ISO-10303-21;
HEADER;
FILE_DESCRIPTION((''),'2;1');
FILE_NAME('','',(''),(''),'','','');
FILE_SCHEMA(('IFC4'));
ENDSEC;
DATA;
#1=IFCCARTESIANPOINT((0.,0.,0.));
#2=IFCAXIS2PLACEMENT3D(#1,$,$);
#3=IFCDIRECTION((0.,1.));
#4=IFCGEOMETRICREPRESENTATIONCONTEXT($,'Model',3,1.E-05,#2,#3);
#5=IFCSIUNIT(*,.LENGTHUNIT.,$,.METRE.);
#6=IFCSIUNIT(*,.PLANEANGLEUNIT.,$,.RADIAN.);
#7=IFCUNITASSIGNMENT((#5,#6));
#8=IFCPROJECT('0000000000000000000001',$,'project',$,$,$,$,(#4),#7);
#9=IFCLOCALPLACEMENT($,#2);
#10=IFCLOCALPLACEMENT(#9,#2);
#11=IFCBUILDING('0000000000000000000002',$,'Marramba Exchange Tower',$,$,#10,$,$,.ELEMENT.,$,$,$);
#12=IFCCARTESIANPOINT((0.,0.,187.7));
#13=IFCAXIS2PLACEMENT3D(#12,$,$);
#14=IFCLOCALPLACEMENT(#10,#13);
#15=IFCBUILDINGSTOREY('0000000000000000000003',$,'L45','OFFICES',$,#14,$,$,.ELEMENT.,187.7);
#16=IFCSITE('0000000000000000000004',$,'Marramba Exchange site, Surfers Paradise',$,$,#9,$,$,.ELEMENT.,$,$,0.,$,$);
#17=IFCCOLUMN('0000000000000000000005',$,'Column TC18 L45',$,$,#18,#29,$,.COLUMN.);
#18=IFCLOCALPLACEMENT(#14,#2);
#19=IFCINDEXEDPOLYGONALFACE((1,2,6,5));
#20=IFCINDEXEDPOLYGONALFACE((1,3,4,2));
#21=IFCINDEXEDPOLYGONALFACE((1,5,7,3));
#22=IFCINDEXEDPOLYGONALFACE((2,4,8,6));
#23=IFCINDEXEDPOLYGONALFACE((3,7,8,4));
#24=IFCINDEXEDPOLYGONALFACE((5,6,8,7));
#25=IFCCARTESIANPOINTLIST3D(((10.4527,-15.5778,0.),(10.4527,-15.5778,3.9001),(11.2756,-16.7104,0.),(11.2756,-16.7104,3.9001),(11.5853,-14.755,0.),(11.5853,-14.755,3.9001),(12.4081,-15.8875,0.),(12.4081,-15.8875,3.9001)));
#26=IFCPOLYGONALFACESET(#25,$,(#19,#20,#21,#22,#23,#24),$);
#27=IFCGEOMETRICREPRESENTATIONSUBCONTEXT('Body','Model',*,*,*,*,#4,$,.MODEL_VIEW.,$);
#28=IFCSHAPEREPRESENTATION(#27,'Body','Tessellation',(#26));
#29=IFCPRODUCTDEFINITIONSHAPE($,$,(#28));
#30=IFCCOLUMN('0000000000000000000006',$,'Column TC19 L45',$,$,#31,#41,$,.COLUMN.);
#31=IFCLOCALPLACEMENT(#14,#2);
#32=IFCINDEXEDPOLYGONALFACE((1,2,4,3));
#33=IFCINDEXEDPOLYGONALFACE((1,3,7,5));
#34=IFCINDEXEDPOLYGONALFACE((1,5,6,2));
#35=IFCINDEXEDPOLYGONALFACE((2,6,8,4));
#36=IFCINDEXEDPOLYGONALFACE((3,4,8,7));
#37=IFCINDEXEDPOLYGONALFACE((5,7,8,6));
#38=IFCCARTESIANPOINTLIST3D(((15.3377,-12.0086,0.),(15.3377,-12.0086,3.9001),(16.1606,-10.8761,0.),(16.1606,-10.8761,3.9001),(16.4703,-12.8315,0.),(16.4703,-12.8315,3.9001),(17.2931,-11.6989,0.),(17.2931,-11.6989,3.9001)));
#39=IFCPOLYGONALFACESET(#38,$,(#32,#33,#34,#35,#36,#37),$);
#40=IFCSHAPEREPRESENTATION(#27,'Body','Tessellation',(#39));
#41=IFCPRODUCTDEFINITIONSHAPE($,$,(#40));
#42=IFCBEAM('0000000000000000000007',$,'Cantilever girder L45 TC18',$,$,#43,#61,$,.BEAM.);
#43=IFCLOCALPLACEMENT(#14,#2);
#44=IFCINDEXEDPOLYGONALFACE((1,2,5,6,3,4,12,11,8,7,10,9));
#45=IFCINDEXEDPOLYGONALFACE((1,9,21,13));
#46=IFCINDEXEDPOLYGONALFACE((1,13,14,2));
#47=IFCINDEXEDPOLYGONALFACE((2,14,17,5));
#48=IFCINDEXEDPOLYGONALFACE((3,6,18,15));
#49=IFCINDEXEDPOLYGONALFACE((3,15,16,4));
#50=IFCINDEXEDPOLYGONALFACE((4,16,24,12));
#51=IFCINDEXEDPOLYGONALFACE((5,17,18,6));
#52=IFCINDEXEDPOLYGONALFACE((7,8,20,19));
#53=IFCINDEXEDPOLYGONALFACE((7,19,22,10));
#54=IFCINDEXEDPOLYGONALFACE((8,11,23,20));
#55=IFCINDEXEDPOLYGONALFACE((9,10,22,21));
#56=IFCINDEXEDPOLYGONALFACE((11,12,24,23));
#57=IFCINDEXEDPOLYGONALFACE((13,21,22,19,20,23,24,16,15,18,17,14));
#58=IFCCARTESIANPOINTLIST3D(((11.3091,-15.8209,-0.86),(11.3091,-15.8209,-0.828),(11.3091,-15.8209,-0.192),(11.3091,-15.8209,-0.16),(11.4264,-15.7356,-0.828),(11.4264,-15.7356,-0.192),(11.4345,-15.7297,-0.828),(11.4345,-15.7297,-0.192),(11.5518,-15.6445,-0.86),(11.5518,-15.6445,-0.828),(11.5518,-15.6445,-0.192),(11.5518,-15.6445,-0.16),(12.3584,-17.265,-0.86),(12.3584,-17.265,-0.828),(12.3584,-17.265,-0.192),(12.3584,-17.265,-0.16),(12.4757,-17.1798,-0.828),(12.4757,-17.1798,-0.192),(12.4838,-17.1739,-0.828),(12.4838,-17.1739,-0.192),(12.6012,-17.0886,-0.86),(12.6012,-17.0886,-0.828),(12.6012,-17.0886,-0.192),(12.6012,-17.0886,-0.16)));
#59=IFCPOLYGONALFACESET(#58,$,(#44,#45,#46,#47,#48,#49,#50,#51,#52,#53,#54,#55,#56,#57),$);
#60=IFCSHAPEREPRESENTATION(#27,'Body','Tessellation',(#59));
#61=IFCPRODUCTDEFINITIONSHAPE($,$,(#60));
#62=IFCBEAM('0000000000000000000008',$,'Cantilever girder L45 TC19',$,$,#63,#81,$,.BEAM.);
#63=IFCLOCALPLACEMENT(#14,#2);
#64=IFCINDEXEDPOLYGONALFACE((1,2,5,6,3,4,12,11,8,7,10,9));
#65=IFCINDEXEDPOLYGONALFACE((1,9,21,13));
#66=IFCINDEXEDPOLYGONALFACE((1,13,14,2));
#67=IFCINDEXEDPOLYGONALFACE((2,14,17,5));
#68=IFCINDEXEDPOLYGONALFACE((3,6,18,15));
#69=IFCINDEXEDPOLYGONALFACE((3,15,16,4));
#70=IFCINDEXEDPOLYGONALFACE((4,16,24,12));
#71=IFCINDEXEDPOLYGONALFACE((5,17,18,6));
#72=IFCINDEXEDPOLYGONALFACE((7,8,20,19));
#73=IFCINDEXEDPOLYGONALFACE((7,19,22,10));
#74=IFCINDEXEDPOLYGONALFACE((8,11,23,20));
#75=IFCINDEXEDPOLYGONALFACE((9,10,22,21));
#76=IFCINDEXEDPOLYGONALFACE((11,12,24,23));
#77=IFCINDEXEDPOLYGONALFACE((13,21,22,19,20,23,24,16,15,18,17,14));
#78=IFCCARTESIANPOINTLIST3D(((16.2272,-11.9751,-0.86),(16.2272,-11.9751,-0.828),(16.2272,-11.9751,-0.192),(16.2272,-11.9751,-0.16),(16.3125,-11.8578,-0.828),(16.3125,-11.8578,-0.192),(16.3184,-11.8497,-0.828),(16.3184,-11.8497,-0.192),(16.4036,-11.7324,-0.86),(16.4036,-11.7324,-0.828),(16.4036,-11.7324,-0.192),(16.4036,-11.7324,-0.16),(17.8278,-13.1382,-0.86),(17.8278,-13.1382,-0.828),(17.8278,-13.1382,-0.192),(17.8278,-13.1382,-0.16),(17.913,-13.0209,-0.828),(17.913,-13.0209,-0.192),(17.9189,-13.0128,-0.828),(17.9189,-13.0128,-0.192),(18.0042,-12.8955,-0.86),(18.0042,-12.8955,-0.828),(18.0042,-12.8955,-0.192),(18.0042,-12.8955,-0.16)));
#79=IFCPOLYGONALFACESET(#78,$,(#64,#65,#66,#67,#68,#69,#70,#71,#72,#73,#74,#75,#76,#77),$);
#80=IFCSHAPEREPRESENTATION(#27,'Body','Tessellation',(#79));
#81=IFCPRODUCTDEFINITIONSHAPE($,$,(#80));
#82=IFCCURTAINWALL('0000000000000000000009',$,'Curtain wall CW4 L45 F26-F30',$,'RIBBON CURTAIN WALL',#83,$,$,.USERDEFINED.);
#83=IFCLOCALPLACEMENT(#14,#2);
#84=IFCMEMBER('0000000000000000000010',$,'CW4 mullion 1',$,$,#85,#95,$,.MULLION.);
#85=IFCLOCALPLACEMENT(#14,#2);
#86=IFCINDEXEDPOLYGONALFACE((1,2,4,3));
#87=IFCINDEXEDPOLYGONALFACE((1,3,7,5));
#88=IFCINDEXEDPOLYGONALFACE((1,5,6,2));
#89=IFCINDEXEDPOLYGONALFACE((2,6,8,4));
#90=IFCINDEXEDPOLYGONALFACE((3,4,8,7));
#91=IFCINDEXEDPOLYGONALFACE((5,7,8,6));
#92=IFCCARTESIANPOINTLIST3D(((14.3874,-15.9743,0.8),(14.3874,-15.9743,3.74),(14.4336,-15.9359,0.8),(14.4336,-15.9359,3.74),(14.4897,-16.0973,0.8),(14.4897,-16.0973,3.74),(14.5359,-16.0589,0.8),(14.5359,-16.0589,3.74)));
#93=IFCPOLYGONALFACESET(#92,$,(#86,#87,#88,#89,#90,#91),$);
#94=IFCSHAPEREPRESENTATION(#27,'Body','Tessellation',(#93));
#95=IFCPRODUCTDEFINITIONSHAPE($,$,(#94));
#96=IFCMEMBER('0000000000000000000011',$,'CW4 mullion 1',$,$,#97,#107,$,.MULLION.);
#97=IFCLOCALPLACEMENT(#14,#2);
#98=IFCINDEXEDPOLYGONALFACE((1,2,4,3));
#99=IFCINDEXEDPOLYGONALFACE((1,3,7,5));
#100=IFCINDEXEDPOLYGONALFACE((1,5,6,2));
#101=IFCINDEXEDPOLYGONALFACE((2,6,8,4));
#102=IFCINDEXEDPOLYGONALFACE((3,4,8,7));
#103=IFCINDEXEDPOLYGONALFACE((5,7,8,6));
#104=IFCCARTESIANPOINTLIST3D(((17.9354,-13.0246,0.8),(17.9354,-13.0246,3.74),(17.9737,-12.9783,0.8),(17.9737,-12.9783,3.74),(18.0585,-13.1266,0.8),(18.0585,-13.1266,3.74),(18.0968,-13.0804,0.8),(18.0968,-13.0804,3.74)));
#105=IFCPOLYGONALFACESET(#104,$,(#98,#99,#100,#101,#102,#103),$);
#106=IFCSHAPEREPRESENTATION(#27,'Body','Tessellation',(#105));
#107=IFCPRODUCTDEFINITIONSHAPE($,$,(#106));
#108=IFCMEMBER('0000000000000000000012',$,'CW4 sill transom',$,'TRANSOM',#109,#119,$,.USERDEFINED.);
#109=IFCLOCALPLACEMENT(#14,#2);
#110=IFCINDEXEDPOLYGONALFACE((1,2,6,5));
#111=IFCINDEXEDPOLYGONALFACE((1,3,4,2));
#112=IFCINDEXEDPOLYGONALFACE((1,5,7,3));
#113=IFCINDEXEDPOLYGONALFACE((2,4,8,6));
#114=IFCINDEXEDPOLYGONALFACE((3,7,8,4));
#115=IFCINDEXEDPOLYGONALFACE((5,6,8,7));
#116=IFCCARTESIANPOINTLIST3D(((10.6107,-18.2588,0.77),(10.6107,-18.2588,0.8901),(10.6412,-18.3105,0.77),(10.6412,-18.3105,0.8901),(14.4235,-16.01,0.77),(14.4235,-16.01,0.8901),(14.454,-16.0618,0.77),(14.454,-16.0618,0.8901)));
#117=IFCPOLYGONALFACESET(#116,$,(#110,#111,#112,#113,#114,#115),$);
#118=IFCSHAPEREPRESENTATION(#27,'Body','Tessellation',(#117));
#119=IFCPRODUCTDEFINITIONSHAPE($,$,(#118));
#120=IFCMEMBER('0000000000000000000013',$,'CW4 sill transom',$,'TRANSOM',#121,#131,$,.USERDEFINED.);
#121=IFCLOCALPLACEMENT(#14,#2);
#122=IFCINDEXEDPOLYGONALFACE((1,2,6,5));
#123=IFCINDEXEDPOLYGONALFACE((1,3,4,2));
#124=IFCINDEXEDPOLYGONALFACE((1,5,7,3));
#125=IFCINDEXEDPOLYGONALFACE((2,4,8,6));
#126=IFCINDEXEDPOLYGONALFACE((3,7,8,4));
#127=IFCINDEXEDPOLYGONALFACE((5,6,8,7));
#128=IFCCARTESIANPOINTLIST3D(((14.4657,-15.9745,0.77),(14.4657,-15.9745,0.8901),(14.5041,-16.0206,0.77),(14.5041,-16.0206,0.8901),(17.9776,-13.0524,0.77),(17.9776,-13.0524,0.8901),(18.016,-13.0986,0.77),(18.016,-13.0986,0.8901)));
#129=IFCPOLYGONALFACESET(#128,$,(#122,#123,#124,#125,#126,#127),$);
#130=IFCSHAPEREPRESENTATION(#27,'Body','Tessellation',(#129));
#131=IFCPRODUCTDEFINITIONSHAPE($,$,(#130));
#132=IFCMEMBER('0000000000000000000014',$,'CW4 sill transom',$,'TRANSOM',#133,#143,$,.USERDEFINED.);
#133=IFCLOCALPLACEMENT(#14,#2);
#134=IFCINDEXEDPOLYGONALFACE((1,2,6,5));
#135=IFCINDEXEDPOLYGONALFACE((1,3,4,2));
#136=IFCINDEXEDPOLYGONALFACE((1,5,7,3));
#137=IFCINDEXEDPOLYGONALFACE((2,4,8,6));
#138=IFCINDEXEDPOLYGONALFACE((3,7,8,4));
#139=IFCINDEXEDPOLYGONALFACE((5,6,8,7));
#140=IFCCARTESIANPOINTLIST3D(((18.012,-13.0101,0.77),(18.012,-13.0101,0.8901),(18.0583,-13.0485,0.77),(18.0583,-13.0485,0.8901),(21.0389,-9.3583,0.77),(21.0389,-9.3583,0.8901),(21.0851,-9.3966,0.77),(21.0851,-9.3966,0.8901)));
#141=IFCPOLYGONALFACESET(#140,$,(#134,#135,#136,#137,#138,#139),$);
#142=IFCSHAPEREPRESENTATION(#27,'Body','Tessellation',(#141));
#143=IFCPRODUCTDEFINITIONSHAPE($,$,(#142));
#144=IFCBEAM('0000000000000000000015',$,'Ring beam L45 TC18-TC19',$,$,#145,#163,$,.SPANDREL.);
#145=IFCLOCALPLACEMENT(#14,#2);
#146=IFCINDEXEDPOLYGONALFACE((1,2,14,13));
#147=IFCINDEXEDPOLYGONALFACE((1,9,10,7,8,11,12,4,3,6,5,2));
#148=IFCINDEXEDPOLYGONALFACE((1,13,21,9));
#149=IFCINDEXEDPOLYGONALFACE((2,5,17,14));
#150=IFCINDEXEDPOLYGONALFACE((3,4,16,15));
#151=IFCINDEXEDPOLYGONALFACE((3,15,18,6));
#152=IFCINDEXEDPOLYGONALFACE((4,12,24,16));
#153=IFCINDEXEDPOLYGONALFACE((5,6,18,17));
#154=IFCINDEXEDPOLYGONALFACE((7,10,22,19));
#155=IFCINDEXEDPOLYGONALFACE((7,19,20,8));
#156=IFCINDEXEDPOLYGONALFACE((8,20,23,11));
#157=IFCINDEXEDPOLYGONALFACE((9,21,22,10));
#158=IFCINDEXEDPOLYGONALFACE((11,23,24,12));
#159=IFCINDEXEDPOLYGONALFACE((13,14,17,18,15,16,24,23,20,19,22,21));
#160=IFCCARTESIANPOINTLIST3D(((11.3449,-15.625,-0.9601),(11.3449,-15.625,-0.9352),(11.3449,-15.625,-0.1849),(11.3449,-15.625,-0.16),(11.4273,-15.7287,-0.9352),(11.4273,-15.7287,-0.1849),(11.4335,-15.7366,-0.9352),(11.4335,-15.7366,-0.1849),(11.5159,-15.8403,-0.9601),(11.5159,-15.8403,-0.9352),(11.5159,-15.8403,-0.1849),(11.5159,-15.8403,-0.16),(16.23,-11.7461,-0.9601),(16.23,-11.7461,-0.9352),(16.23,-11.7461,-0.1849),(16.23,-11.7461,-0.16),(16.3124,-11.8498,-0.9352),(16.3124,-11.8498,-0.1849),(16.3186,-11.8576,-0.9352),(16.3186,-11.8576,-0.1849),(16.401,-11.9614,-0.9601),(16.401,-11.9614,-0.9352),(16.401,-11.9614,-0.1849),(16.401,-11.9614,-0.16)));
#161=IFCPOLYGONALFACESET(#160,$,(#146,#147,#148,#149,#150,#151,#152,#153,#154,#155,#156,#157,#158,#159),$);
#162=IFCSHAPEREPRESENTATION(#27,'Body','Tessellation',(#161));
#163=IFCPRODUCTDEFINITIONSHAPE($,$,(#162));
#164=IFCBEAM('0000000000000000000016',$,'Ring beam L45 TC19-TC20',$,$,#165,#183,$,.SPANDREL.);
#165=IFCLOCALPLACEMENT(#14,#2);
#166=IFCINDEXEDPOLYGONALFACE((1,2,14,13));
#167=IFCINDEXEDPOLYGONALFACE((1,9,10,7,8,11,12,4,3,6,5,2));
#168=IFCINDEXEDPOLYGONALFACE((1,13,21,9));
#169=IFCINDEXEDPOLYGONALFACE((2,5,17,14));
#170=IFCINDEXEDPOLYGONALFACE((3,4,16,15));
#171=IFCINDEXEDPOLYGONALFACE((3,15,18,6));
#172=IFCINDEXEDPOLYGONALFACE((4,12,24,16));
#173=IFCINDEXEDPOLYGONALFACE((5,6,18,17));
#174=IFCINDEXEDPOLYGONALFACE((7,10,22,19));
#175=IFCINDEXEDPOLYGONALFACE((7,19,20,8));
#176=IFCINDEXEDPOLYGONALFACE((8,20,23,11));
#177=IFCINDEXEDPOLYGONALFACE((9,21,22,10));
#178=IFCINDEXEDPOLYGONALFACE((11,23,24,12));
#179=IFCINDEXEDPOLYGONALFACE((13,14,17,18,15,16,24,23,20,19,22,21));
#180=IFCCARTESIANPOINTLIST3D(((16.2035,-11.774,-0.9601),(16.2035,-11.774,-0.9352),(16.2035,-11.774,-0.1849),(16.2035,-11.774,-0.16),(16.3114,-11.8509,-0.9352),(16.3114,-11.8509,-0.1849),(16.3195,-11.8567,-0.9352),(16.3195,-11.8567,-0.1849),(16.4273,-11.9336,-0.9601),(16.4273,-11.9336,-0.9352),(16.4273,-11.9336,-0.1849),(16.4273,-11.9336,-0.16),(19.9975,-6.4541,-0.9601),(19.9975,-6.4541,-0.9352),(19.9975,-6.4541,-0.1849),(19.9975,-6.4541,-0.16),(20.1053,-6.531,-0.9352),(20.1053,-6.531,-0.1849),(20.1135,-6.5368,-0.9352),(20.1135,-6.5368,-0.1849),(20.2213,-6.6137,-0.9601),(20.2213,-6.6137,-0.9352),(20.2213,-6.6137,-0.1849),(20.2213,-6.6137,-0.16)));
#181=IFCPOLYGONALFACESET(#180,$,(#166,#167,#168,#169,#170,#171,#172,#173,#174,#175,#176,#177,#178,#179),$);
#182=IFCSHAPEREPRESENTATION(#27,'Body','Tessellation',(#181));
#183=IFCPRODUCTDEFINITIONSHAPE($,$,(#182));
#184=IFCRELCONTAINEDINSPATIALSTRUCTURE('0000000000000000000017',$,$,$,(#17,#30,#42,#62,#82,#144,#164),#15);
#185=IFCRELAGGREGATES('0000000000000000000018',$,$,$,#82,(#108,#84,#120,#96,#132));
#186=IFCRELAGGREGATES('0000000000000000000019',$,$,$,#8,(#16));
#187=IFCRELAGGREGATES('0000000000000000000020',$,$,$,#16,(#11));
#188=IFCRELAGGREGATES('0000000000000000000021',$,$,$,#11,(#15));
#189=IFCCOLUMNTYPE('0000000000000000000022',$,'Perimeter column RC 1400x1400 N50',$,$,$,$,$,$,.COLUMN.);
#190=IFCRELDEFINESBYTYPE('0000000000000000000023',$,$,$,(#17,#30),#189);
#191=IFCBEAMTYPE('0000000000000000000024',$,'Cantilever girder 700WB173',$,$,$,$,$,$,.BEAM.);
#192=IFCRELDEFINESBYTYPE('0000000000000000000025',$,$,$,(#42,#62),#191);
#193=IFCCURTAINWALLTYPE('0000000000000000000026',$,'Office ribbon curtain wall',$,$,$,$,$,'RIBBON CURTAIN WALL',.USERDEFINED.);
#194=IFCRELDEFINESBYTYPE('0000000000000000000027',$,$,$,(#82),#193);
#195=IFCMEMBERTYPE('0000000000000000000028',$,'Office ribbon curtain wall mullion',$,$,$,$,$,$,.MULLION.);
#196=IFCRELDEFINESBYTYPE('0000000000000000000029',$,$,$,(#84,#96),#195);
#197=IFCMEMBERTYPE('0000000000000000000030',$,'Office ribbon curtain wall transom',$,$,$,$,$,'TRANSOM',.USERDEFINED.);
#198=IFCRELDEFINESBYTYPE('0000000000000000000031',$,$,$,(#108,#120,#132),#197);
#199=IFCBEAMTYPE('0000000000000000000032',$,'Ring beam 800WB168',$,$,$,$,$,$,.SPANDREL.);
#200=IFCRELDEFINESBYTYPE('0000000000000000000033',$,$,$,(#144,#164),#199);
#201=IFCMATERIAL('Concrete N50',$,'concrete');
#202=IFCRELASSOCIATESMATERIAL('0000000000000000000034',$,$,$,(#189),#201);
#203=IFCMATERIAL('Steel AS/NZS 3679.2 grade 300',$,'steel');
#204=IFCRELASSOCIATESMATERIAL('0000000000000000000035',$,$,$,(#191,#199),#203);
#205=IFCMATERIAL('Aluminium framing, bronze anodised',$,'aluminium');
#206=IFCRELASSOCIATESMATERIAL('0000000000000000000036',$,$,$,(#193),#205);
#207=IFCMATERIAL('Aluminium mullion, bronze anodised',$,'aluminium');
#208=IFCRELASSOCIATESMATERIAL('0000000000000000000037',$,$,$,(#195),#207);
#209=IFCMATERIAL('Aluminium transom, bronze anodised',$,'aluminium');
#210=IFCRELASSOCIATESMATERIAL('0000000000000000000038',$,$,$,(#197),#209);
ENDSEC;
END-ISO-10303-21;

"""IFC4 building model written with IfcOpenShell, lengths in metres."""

from ifc_helpers import new_model, si_unit, direction, frame, origin, origin_2d, place, context, subcontext, project, spatial, rectangle, i_section, extrude, material, material_profile, profile_set, type_object, element, aggregate, save


model = new_model("IFC4")

# Units and contexts
model_context = context("Model", 3, precision=1e-05, world=origin(), true_north=direction((0.0, 1.0)))
body_context = subcontext(model_context, "Body", "Model", "MODEL_VIEW")
ifc_project = project(units=[si_unit("LENGTHUNIT", "METRE"), si_unit("PLANEANGLEUNIT", "RADIAN")], contexts=[model_context])

# Site, building, storey
site_placement = place(None, origin())
site = spatial("IfcSite", under=ifc_project, at=site_placement, Name="Marramba Exchange site, Surfers Paradise", CompositionType="ELEMENT", RefElevation=0.0)
building_placement = place(site_placement, origin())
building = spatial("IfcBuilding", under=site, at=building_placement, Name="Marramba Exchange Tower", CompositionType="ELEMENT")
storey_placement = place(building_placement, frame((0.0, 0.0, 187.7)))
storey = spatial("IfcBuildingStorey", under=building, at=storey_placement, Name="L45", Description="OFFICES", CompositionType="ELEMENT", Elevation=187.7)

# Columns
ifc_material_1 = material(Name="Concrete N50", Category="concrete")
ifc_material_profile_1 = material_profile(ifc_material_1, rectangle(XDim=1.3999, YDim=1.3999, at=origin_2d()), Name="RC 1400x1400")
ifc_profile_set_1 = profile_set([ifc_material_profile_1], Name="Concrete N50")
column_type = type_object("IfcColumnType", Name="Perimeter column RC 1400x1400 N50", PredefinedType="COLUMN", material=ifc_profile_set_1)
for number, where, z_axis, x_axis, name in (
    (1, (11.4304, -15.7327, 0.0), (0.0, 0.0, 1.0), (0.587785, -0.809017, 0.0), "Column TC18 L45"),
    (2, (16.3154, -11.8538, 0.0), (0.0, 0.0, 1.0), (0.809017, -0.587785, 0.0), "Column TC19 L45"),
):
    element("IfcColumn", number, at=place(storey_placement, frame(where, z_axis=z_axis, x_axis=x_axis)), inside=storey, type_object=column_type, Name=name, PredefinedType="COLUMN", context=body_context, shape_type="SweptSolid", body=[
        extrude(rectangle(XDim=1.3999, YDim=1.3999, at=origin_2d()), origin(), (0.0, 0.0, 1.0), 3.9001),
    ])

# Beams
ifc_material_2 = material(Name="Steel AS/NZS 3679.2 grade 300", Category="steel")
ifc_material_profile_2 = material_profile(ifc_material_2, i_section(OverallWidth=0.3, OverallDepth=0.7, WebThickness=0.01, FlangeThickness=0.032, at=origin_2d()), Name="700WB173")
ifc_profile_set_2 = profile_set([ifc_material_profile_2], Name="Steel AS/NZS 3679.2 grade 300")
beam_type_1 = type_object("IfcBeamType", Name="Cantilever girder 700WB173", PredefinedType="BEAM", material=ifc_profile_set_2)
beam_1_placement = place(storey_placement, frame((11.4304, -15.7327, -0.51), z_axis=(0.58783, -0.808984, 0.0), x_axis=(0.808984, 0.58783, 0.0)))
element("IfcBeam", 3, at=beam_1_placement, inside=storey, type_object=beam_type_1, Name="Cantilever girder L45 TC18", PredefinedType="BEAM", context=body_context, shape_type="SweptSolid", body=[
    extrude(i_section(OverallWidth=0.3, OverallDepth=0.7, WebThickness=0.01, FlangeThickness=0.032, at=origin_2d()), origin(), (0.0, 0.0, 1.0), 1.7852),
])
beam_2_placement = place(storey_placement, frame((16.3154, -11.8538, -0.51), z_axis=(0.808971, -0.587849, 0.0), x_axis=(0.587849, 0.808971, 0.0)))
element("IfcBeam", 4, at=beam_2_placement, inside=storey, type_object=beam_type_1, Name="Cantilever girder L45 TC19", PredefinedType="BEAM", context=body_context, shape_type="SweptSolid", body=[
    extrude(i_section(OverallWidth=0.3, OverallDepth=0.7, WebThickness=0.01, FlangeThickness=0.032, at=origin_2d()), origin(), (0.0, 0.0, 1.0), 1.9785),
])

# Curtain wall, members
ifc_material_3 = material(Name="Aluminium framing, bronze anodised", Category="aluminium")
curtain_wall_type = type_object("IfcCurtainWallType", Name="Office ribbon curtain wall", ElementType="RIBBON CURTAIN WALL", PredefinedType="USERDEFINED", material=ifc_material_3)
curtain_wall_placement = place(storey_placement, origin())
curtain_wall = element("IfcCurtainWall", 5, at=curtain_wall_placement, inside=storey, type_object=curtain_wall_type, Name="Curtain wall CW4 L45 F26-F30", ObjectType="RIBBON CURTAIN WALL", PredefinedType="USERDEFINED")
ifc_material_4 = material(Name="Aluminium mullion, bronze anodised", Category="aluminium")
ifc_material_profile_3 = material_profile(ifc_material_4, rectangle(XDim=0.1599, YDim=0.0601, at=origin_2d()), Name="CW4 mullion 60x160")
ifc_profile_set_3 = profile_set([ifc_material_profile_3], Name="Aluminium mullion, bronze anodised")
member_type_1 = type_object("IfcMemberType", Name="Office ribbon curtain wall mullion", PredefinedType="MULLION", material=ifc_profile_set_3)
member_1_placement = place(storey_placement, frame((14.4617, -16.0166, 0.8), z_axis=(0.0, 0.0, 1.0), x_axis=(-0.639565, 0.768737, 0.0)))
member_1 = element("IfcMember", 6, at=member_1_placement, type_object=member_type_1, Name="CW4 mullion 1", PredefinedType="MULLION", context=body_context, shape_type="SweptSolid", body=[
    extrude(rectangle(XDim=0.1599, YDim=0.0601, at=origin_2d()), origin(), (0.0, 0.0, 1.0), 2.9399),
])
member_2_placement = place(storey_placement, frame((18.0161, -13.0525, 0.8), z_axis=(0.0, 0.0, 1.0), x_axis=(-0.769912, 0.63815, 0.0)))
member_2 = element("IfcMember", 7, at=member_2_placement, type_object=member_type_1, Name="CW4 mullion 1", PredefinedType="MULLION", context=body_context, shape_type="SweptSolid", body=[
    extrude(rectangle(XDim=0.1599, YDim=0.0601, at=origin_2d()), origin(), (0.0, 0.0, 1.0), 2.9399),
])
ifc_material_5 = material(Name="Aluminium transom, bronze anodised", Category="aluminium")
ifc_material_profile_4 = material_profile(ifc_material_5, rectangle(XDim=0.0601, YDim=0.1201, at=origin_2d()), Name="CW4 transom 60x120")
ifc_profile_set_4 = profile_set([ifc_material_profile_4], Name="Aluminium transom, bronze anodised")
member_type_2 = type_object("IfcMemberType", Name="Office ribbon curtain wall transom", ElementType="TRANSOM", PredefinedType="USERDEFINED", material=ifc_profile_set_4)
member_3_placement = place(storey_placement, frame((10.626, -18.2847, 0.8301), z_axis=(0.861342, 0.508025, 0.0), x_axis=(-0.508025, 0.861342, 0.0)))
member_3 = element("IfcMember", 8, at=member_3_placement, type_object=member_type_2, Name="CW4 sill transom", ObjectType="TRANSOM", PredefinedType="USERDEFINED", context=body_context, shape_type="SweptSolid", body=[
    extrude(rectangle(XDim=0.0601, YDim=0.1201, at=origin_2d()), origin(), (0.0, 0.0, 1.0), 4.4265),
])
member_4_placement = place(storey_placement, frame((14.4849, -15.9976, 0.8301), z_axis=(0.768707, 0.639601, 0.0), x_axis=(-0.639601, 0.768707, 0.0)))
member_4 = element("IfcMember", 9, at=member_4_placement, type_object=member_type_2, Name="CW4 sill transom", ObjectType="TRANSOM", PredefinedType="USERDEFINED", context=body_context, shape_type="SweptSolid", body=[
    extrude(rectangle(XDim=0.0601, YDim=0.1201, at=origin_2d()), origin(), (0.0, 0.0, 1.0), 4.5686),
])
member_5_placement = place(storey_placement, frame((18.0352, -13.0293, 0.8301), z_axis=(0.638147, 0.769915, 0.0), x_axis=(-0.769915, 0.638147, 0.0)))
member_5 = element("IfcMember", 10, at=member_5_placement, type_object=member_type_2, Name="CW4 sill transom", ObjectType="TRANSOM", PredefinedType="USERDEFINED", context=body_context, shape_type="SweptSolid", body=[
    extrude(rectangle(XDim=0.0601, YDim=0.1201, at=origin_2d()), origin(), (0.0, 0.0, 1.0), 4.7432),
])

# Beams
ifc_material_profile_5 = material_profile(ifc_material_2, i_section(OverallWidth=0.2749, OverallDepth=0.8, WebThickness=0.01, FlangeThickness=0.0249, at=origin_2d()), Name="800WB168")
ifc_profile_set_5 = profile_set([ifc_material_profile_5], Name="Steel AS/NZS 3679.2 grade 300")
beam_type_2 = type_object("IfcBeamType", Name="Ring beam 800WB168", PredefinedType="SPANDREL", material=ifc_profile_set_5)
beam_3_placement = place(storey_placement, frame((11.4304, -15.7327, -0.5601), z_axis=(0.783139, 0.621846, 0.0), x_axis=(-0.621846, 0.783139, 0.0)))
element("IfcBeam", 11, at=beam_3_placement, inside=storey, type_object=beam_type_2, Name="Ring beam L45 TC18-TC19", PredefinedType="SPANDREL", context=body_context, shape_type="SweptSolid", body=[
    extrude(i_section(OverallWidth=0.2749, OverallDepth=0.8, WebThickness=0.01, FlangeThickness=0.0249, at=origin_2d()), origin(), (0.0, 0.0, 1.0), 6.2378),
])
beam_4_placement = place(storey_placement, frame((16.3154, -11.8538, -0.5601), z_axis=(0.580637, 0.814162, 0.0), x_axis=(-0.814162, 0.580637, 0.0)))
element("IfcBeam", 12, at=beam_4_placement, inside=storey, type_object=beam_type_2, Name="Ring beam L45 TC19-TC20", PredefinedType="SPANDREL", context=body_context, shape_type="SweptSolid", body=[
    extrude(i_section(OverallWidth=0.2749, OverallDepth=0.8, WebThickness=0.01, FlangeThickness=0.0249, at=origin_2d()), origin(), (0.0, 0.0, 1.0), 6.5342),
])

aggregate(curtain_wall, [member_3, member_1, member_4, member_2, member_5])

save(model, "model.ifc")
